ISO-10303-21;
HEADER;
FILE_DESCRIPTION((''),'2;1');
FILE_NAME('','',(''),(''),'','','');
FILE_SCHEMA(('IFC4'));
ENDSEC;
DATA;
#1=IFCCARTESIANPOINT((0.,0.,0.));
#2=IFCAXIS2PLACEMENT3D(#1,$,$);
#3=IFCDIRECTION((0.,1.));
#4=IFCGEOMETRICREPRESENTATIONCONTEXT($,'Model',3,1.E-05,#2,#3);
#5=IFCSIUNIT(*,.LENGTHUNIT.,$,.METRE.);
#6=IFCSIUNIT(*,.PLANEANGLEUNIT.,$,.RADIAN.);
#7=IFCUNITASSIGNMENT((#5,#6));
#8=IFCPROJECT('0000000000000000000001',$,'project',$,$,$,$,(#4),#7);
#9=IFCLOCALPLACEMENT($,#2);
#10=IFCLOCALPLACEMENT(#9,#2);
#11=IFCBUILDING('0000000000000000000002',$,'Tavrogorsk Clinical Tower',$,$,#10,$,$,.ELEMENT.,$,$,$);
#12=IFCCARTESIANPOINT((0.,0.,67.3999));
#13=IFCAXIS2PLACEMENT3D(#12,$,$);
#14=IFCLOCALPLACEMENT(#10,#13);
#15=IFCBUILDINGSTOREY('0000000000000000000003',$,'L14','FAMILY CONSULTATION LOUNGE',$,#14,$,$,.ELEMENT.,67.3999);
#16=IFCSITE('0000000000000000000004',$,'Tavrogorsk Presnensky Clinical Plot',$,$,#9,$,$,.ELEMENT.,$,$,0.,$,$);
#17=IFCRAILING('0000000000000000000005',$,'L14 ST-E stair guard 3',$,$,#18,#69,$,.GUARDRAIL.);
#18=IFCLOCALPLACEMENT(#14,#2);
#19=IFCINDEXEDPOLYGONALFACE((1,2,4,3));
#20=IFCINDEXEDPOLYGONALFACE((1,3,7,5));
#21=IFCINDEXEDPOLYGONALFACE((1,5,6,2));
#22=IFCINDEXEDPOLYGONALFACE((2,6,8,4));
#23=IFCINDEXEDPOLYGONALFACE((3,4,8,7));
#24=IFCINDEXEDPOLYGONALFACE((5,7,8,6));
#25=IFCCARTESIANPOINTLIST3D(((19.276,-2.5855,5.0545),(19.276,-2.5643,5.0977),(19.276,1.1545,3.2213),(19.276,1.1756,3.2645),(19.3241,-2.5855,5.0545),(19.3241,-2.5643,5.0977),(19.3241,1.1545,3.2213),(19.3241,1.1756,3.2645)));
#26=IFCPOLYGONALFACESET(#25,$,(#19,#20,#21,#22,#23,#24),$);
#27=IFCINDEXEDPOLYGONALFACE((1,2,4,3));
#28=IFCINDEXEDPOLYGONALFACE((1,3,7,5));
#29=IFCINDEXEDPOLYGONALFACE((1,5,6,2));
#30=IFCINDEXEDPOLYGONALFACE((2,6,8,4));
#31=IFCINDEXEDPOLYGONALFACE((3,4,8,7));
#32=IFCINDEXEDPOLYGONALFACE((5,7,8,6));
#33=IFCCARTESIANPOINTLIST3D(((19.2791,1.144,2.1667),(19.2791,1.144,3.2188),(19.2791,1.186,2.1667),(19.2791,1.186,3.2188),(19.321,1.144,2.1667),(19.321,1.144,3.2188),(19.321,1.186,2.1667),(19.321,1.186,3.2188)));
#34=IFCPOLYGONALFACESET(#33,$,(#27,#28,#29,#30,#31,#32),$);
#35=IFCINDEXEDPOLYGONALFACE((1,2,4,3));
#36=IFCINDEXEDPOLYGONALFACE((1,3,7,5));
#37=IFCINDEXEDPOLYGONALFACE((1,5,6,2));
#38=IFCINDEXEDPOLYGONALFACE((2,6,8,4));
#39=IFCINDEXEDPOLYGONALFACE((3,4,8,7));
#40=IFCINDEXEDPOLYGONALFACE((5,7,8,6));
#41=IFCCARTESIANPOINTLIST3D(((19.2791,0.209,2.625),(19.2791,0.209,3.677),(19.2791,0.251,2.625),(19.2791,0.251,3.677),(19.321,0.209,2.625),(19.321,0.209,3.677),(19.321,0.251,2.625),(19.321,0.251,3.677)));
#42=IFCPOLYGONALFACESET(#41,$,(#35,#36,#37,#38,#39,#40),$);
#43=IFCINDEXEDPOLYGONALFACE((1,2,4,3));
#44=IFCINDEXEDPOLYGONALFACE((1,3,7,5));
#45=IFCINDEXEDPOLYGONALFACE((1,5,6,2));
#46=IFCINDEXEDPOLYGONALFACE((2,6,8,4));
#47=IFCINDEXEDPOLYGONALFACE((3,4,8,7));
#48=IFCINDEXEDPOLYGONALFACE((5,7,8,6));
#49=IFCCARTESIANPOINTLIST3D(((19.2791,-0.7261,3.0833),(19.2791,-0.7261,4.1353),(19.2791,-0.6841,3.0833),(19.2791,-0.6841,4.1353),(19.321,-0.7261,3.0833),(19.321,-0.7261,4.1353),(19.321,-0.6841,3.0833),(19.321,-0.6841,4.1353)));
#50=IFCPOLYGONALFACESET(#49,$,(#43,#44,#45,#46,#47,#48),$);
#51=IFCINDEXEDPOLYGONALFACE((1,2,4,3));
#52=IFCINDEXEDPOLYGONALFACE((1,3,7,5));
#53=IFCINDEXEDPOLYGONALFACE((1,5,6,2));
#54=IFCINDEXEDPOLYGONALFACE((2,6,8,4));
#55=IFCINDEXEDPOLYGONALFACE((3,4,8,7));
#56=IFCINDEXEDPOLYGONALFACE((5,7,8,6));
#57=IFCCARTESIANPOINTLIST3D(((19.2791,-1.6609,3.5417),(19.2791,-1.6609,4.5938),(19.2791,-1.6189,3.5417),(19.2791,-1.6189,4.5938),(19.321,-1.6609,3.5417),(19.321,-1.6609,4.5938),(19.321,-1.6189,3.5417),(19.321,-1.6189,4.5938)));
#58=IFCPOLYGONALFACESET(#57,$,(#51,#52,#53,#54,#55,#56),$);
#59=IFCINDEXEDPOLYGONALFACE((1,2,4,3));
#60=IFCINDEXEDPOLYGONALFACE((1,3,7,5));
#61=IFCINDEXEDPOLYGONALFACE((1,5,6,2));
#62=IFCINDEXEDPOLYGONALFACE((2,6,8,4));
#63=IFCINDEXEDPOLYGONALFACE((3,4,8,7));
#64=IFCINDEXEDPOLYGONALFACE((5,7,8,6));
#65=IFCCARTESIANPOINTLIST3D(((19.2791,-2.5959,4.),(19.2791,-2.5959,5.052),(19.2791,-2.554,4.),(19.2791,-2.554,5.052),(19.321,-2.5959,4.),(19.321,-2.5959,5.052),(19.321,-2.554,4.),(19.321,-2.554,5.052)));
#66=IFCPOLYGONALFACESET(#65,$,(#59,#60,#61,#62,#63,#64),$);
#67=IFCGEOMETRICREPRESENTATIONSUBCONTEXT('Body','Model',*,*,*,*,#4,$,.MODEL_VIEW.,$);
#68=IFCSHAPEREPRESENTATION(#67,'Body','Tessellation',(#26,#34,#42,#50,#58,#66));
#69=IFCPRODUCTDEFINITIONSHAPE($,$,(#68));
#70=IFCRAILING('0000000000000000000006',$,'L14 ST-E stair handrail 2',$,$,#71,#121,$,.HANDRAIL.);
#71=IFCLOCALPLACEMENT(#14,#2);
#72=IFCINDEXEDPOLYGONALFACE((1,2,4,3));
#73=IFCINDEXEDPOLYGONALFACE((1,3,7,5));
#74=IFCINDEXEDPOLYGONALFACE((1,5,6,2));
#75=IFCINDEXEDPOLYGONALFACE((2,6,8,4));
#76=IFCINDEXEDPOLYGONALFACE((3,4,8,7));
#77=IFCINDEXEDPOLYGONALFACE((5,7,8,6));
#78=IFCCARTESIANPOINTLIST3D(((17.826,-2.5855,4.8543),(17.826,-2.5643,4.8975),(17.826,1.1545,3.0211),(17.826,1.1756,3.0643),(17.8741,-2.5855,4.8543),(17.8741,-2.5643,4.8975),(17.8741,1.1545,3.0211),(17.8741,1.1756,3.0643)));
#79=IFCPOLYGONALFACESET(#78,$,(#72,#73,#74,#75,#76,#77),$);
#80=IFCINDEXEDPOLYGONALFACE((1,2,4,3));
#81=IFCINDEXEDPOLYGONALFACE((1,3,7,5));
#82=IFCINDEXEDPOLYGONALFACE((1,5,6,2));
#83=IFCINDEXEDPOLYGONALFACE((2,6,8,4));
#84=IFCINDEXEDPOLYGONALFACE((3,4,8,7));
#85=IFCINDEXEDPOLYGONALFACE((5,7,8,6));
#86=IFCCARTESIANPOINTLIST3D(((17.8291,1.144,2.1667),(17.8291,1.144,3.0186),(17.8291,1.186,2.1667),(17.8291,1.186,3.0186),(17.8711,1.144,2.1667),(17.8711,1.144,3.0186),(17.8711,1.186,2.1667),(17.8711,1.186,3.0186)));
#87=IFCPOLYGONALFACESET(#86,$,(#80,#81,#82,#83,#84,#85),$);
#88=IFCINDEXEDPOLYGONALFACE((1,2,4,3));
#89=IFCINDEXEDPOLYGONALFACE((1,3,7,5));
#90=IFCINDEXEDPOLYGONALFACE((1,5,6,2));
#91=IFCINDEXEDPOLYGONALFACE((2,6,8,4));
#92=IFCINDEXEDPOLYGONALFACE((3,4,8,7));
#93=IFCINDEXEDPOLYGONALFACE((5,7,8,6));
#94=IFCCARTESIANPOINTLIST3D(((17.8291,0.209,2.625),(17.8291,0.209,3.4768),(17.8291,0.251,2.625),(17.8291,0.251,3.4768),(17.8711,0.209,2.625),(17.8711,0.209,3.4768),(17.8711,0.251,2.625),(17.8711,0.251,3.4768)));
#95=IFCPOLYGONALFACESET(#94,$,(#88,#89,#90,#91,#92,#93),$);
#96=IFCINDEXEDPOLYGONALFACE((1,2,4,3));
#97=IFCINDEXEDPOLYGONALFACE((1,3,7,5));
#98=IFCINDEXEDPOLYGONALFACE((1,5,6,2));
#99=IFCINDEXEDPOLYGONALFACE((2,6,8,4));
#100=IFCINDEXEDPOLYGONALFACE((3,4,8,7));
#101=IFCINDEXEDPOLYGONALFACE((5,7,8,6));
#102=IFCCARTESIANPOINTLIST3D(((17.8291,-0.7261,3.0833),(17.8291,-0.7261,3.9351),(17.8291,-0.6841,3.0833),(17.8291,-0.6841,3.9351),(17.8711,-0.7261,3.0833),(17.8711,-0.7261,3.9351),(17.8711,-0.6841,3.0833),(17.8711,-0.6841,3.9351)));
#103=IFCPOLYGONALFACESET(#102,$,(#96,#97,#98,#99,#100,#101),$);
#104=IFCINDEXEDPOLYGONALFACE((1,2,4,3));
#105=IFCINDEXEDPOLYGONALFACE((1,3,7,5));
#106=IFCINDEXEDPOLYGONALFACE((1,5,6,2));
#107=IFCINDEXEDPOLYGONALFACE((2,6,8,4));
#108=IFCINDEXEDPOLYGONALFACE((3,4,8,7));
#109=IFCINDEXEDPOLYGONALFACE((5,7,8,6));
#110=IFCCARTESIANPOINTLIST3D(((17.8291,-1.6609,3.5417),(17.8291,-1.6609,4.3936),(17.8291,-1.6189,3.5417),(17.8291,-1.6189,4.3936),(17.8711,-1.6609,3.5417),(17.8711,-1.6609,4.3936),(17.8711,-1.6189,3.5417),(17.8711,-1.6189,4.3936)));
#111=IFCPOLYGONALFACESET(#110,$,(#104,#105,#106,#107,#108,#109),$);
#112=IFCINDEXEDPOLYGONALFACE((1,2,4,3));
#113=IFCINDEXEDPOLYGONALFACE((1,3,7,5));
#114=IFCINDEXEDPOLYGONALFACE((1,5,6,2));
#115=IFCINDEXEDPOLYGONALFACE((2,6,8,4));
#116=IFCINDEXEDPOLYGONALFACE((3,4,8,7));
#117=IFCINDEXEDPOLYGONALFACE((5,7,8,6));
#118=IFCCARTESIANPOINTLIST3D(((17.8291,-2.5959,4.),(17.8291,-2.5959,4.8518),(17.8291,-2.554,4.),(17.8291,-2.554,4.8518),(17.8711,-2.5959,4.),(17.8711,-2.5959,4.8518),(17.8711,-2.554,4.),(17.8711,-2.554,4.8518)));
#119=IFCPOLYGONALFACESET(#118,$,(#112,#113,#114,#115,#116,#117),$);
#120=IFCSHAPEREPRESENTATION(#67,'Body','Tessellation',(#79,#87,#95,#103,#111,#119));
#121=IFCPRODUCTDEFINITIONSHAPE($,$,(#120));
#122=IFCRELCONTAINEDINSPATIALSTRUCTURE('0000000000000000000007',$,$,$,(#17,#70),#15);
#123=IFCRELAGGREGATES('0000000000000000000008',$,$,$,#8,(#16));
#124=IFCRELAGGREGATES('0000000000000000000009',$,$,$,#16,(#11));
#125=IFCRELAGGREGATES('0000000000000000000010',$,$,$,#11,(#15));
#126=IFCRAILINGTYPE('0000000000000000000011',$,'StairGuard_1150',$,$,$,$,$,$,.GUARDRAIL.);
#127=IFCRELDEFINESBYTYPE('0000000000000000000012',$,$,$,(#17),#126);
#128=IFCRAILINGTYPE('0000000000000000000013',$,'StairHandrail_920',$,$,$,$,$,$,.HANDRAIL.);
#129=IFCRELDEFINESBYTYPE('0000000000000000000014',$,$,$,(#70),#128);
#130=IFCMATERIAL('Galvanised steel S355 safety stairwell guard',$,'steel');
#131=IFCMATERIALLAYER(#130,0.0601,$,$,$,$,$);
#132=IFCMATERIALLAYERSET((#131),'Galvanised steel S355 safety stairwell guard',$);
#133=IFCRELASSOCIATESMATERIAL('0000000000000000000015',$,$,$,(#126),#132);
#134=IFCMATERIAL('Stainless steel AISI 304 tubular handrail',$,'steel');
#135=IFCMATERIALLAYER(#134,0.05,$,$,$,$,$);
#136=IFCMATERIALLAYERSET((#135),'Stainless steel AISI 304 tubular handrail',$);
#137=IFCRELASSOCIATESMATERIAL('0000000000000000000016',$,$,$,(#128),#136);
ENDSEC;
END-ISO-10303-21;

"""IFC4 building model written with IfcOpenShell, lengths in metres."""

from ifc_helpers import new_model, si_unit, direction, frame, origin, origin_2d, place, context, subcontext, project, spatial, rectangle, extrude, material, layer, layer_set, type_object, element, save


model = new_model("IFC4")

# Units and contexts
model_context = context("Model", 3, precision=1e-05, world=origin(), true_north=direction((0.0, 1.0)))
body_context = subcontext(model_context, "Body", "Model", "MODEL_VIEW")
ifc_project = project(units=[si_unit("LENGTHUNIT", "METRE"), si_unit("PLANEANGLEUNIT", "RADIAN")], contexts=[model_context])

# Site, building, storey
site_placement = place(None, origin())
site = spatial("IfcSite", under=ifc_project, at=site_placement, Name="Tavrogorsk Presnensky Clinical Plot", CompositionType="ELEMENT", RefElevation=0.0)
building_placement = place(site_placement, origin())
building = spatial("IfcBuilding", under=site, at=building_placement, Name="Tavrogorsk Clinical Tower", CompositionType="ELEMENT")
storey_placement = place(building_placement, frame((0.0, 0.0, 67.3999)))
storey = spatial("IfcBuildingStorey", under=building, at=storey_placement, Name="L14", Description="FAMILY CONSULTATION LOUNGE", CompositionType="ELEMENT", Elevation=67.3999)

# Railings
ifc_material_1 = material(Name="Galvanised steel S355 safety stairwell guard", Category="steel")
ifc_layer_1 = layer(ifc_material_1, 0.0601)
ifc_layer_set_1 = layer_set([ifc_layer_1], Name="Galvanised steel S355 safety stairwell guard")
railing_type_1 = type_object("IfcRailingType", Name="StairGuard_1150", PredefinedType="GUARDRAIL", material=ifc_layer_set_1)
railing_1_placement = place(storey_placement, frame((19.3, 1.165, 2.1667)))
element("IfcRailing", 1, at=railing_1_placement, inside=storey, type_object=railing_type_1, Name="L14 ST-E stair guard 3", PredefinedType="GUARDRAIL", context=body_context, shape_type="SweptSolid", body=[
    extrude(rectangle(XDim=0.0481, YDim=0.0481, at=origin_2d()), frame((0.0, 0.0, 1.0762), z_axis=(0.0, -0.897928, 0.440142), x_axis=(1.0, 0.0, 0.0)), (0.0, 0.0, 1.0), 4.165),
    extrude(rectangle(XDim=0.042, YDim=0.042, at=origin_2d()), origin(), (0.0, 0.0, 1.0), 1.052),
    extrude(rectangle(XDim=0.042, YDim=0.042, at=origin_2d()), frame((0.0, -0.9351, 0.4583)), (0.0, 0.0, 1.0), 1.052),
    extrude(rectangle(XDim=0.042, YDim=0.042, at=origin_2d()), frame((0.0, -1.8701, 0.9165)), (0.0, 0.0, 1.0), 1.052),
    extrude(rectangle(XDim=0.042, YDim=0.042, at=origin_2d()), frame((0.0, -2.8049, 1.375)), (0.0, 0.0, 1.0), 1.052),
    extrude(rectangle(XDim=0.042, YDim=0.042, at=origin_2d()), frame((0.0, -3.74, 1.8333)), (0.0, 0.0, 1.0), 1.052),
])
ifc_material_2 = material(Name="Stainless steel AISI 304 tubular handrail", Category="steel")
ifc_layer_2 = layer(ifc_material_2, 0.05)
ifc_layer_set_2 = layer_set([ifc_layer_2], Name="Stainless steel AISI 304 tubular handrail")
railing_type_2 = type_object("IfcRailingType", Name="StairHandrail_920", PredefinedType="HANDRAIL", material=ifc_layer_set_2)
railing_2_placement = place(storey_placement, frame((17.8501, 1.165, 2.1667)))
element("IfcRailing", 2, at=railing_2_placement, inside=storey, type_object=railing_type_2, Name="L14 ST-E stair handrail 2", PredefinedType="HANDRAIL", context=body_context, shape_type="SweptSolid", body=[
    extrude(rectangle(XDim=0.0481, YDim=0.0481, at=origin_2d()), frame((0.0, 0.0, 0.876), z_axis=(0.0, -0.897928, 0.440142), x_axis=(1.0, 0.0, 0.0)), (0.0, 0.0, 1.0), 4.165),
    extrude(rectangle(XDim=0.042, YDim=0.042, at=origin_2d()), origin(), (0.0, 0.0, 1.0), 0.8518),
    extrude(rectangle(XDim=0.042, YDim=0.042, at=origin_2d()), frame((0.0, -0.9351, 0.4583)), (0.0, 0.0, 1.0), 0.8518),
    extrude(rectangle(XDim=0.042, YDim=0.042, at=origin_2d()), frame((0.0, -1.8701, 0.9165)), (0.0, 0.0, 1.0), 0.8518),
    extrude(rectangle(XDim=0.042, YDim=0.042, at=origin_2d()), frame((0.0, -2.8049, 1.375)), (0.0, 0.0, 1.0), 0.8518),
    extrude(rectangle(XDim=0.042, YDim=0.042, at=origin_2d()), frame((0.0, -3.74, 1.8333)), (0.0, 0.0, 1.0), 0.8518),
])

save(model, "model.ifc")
